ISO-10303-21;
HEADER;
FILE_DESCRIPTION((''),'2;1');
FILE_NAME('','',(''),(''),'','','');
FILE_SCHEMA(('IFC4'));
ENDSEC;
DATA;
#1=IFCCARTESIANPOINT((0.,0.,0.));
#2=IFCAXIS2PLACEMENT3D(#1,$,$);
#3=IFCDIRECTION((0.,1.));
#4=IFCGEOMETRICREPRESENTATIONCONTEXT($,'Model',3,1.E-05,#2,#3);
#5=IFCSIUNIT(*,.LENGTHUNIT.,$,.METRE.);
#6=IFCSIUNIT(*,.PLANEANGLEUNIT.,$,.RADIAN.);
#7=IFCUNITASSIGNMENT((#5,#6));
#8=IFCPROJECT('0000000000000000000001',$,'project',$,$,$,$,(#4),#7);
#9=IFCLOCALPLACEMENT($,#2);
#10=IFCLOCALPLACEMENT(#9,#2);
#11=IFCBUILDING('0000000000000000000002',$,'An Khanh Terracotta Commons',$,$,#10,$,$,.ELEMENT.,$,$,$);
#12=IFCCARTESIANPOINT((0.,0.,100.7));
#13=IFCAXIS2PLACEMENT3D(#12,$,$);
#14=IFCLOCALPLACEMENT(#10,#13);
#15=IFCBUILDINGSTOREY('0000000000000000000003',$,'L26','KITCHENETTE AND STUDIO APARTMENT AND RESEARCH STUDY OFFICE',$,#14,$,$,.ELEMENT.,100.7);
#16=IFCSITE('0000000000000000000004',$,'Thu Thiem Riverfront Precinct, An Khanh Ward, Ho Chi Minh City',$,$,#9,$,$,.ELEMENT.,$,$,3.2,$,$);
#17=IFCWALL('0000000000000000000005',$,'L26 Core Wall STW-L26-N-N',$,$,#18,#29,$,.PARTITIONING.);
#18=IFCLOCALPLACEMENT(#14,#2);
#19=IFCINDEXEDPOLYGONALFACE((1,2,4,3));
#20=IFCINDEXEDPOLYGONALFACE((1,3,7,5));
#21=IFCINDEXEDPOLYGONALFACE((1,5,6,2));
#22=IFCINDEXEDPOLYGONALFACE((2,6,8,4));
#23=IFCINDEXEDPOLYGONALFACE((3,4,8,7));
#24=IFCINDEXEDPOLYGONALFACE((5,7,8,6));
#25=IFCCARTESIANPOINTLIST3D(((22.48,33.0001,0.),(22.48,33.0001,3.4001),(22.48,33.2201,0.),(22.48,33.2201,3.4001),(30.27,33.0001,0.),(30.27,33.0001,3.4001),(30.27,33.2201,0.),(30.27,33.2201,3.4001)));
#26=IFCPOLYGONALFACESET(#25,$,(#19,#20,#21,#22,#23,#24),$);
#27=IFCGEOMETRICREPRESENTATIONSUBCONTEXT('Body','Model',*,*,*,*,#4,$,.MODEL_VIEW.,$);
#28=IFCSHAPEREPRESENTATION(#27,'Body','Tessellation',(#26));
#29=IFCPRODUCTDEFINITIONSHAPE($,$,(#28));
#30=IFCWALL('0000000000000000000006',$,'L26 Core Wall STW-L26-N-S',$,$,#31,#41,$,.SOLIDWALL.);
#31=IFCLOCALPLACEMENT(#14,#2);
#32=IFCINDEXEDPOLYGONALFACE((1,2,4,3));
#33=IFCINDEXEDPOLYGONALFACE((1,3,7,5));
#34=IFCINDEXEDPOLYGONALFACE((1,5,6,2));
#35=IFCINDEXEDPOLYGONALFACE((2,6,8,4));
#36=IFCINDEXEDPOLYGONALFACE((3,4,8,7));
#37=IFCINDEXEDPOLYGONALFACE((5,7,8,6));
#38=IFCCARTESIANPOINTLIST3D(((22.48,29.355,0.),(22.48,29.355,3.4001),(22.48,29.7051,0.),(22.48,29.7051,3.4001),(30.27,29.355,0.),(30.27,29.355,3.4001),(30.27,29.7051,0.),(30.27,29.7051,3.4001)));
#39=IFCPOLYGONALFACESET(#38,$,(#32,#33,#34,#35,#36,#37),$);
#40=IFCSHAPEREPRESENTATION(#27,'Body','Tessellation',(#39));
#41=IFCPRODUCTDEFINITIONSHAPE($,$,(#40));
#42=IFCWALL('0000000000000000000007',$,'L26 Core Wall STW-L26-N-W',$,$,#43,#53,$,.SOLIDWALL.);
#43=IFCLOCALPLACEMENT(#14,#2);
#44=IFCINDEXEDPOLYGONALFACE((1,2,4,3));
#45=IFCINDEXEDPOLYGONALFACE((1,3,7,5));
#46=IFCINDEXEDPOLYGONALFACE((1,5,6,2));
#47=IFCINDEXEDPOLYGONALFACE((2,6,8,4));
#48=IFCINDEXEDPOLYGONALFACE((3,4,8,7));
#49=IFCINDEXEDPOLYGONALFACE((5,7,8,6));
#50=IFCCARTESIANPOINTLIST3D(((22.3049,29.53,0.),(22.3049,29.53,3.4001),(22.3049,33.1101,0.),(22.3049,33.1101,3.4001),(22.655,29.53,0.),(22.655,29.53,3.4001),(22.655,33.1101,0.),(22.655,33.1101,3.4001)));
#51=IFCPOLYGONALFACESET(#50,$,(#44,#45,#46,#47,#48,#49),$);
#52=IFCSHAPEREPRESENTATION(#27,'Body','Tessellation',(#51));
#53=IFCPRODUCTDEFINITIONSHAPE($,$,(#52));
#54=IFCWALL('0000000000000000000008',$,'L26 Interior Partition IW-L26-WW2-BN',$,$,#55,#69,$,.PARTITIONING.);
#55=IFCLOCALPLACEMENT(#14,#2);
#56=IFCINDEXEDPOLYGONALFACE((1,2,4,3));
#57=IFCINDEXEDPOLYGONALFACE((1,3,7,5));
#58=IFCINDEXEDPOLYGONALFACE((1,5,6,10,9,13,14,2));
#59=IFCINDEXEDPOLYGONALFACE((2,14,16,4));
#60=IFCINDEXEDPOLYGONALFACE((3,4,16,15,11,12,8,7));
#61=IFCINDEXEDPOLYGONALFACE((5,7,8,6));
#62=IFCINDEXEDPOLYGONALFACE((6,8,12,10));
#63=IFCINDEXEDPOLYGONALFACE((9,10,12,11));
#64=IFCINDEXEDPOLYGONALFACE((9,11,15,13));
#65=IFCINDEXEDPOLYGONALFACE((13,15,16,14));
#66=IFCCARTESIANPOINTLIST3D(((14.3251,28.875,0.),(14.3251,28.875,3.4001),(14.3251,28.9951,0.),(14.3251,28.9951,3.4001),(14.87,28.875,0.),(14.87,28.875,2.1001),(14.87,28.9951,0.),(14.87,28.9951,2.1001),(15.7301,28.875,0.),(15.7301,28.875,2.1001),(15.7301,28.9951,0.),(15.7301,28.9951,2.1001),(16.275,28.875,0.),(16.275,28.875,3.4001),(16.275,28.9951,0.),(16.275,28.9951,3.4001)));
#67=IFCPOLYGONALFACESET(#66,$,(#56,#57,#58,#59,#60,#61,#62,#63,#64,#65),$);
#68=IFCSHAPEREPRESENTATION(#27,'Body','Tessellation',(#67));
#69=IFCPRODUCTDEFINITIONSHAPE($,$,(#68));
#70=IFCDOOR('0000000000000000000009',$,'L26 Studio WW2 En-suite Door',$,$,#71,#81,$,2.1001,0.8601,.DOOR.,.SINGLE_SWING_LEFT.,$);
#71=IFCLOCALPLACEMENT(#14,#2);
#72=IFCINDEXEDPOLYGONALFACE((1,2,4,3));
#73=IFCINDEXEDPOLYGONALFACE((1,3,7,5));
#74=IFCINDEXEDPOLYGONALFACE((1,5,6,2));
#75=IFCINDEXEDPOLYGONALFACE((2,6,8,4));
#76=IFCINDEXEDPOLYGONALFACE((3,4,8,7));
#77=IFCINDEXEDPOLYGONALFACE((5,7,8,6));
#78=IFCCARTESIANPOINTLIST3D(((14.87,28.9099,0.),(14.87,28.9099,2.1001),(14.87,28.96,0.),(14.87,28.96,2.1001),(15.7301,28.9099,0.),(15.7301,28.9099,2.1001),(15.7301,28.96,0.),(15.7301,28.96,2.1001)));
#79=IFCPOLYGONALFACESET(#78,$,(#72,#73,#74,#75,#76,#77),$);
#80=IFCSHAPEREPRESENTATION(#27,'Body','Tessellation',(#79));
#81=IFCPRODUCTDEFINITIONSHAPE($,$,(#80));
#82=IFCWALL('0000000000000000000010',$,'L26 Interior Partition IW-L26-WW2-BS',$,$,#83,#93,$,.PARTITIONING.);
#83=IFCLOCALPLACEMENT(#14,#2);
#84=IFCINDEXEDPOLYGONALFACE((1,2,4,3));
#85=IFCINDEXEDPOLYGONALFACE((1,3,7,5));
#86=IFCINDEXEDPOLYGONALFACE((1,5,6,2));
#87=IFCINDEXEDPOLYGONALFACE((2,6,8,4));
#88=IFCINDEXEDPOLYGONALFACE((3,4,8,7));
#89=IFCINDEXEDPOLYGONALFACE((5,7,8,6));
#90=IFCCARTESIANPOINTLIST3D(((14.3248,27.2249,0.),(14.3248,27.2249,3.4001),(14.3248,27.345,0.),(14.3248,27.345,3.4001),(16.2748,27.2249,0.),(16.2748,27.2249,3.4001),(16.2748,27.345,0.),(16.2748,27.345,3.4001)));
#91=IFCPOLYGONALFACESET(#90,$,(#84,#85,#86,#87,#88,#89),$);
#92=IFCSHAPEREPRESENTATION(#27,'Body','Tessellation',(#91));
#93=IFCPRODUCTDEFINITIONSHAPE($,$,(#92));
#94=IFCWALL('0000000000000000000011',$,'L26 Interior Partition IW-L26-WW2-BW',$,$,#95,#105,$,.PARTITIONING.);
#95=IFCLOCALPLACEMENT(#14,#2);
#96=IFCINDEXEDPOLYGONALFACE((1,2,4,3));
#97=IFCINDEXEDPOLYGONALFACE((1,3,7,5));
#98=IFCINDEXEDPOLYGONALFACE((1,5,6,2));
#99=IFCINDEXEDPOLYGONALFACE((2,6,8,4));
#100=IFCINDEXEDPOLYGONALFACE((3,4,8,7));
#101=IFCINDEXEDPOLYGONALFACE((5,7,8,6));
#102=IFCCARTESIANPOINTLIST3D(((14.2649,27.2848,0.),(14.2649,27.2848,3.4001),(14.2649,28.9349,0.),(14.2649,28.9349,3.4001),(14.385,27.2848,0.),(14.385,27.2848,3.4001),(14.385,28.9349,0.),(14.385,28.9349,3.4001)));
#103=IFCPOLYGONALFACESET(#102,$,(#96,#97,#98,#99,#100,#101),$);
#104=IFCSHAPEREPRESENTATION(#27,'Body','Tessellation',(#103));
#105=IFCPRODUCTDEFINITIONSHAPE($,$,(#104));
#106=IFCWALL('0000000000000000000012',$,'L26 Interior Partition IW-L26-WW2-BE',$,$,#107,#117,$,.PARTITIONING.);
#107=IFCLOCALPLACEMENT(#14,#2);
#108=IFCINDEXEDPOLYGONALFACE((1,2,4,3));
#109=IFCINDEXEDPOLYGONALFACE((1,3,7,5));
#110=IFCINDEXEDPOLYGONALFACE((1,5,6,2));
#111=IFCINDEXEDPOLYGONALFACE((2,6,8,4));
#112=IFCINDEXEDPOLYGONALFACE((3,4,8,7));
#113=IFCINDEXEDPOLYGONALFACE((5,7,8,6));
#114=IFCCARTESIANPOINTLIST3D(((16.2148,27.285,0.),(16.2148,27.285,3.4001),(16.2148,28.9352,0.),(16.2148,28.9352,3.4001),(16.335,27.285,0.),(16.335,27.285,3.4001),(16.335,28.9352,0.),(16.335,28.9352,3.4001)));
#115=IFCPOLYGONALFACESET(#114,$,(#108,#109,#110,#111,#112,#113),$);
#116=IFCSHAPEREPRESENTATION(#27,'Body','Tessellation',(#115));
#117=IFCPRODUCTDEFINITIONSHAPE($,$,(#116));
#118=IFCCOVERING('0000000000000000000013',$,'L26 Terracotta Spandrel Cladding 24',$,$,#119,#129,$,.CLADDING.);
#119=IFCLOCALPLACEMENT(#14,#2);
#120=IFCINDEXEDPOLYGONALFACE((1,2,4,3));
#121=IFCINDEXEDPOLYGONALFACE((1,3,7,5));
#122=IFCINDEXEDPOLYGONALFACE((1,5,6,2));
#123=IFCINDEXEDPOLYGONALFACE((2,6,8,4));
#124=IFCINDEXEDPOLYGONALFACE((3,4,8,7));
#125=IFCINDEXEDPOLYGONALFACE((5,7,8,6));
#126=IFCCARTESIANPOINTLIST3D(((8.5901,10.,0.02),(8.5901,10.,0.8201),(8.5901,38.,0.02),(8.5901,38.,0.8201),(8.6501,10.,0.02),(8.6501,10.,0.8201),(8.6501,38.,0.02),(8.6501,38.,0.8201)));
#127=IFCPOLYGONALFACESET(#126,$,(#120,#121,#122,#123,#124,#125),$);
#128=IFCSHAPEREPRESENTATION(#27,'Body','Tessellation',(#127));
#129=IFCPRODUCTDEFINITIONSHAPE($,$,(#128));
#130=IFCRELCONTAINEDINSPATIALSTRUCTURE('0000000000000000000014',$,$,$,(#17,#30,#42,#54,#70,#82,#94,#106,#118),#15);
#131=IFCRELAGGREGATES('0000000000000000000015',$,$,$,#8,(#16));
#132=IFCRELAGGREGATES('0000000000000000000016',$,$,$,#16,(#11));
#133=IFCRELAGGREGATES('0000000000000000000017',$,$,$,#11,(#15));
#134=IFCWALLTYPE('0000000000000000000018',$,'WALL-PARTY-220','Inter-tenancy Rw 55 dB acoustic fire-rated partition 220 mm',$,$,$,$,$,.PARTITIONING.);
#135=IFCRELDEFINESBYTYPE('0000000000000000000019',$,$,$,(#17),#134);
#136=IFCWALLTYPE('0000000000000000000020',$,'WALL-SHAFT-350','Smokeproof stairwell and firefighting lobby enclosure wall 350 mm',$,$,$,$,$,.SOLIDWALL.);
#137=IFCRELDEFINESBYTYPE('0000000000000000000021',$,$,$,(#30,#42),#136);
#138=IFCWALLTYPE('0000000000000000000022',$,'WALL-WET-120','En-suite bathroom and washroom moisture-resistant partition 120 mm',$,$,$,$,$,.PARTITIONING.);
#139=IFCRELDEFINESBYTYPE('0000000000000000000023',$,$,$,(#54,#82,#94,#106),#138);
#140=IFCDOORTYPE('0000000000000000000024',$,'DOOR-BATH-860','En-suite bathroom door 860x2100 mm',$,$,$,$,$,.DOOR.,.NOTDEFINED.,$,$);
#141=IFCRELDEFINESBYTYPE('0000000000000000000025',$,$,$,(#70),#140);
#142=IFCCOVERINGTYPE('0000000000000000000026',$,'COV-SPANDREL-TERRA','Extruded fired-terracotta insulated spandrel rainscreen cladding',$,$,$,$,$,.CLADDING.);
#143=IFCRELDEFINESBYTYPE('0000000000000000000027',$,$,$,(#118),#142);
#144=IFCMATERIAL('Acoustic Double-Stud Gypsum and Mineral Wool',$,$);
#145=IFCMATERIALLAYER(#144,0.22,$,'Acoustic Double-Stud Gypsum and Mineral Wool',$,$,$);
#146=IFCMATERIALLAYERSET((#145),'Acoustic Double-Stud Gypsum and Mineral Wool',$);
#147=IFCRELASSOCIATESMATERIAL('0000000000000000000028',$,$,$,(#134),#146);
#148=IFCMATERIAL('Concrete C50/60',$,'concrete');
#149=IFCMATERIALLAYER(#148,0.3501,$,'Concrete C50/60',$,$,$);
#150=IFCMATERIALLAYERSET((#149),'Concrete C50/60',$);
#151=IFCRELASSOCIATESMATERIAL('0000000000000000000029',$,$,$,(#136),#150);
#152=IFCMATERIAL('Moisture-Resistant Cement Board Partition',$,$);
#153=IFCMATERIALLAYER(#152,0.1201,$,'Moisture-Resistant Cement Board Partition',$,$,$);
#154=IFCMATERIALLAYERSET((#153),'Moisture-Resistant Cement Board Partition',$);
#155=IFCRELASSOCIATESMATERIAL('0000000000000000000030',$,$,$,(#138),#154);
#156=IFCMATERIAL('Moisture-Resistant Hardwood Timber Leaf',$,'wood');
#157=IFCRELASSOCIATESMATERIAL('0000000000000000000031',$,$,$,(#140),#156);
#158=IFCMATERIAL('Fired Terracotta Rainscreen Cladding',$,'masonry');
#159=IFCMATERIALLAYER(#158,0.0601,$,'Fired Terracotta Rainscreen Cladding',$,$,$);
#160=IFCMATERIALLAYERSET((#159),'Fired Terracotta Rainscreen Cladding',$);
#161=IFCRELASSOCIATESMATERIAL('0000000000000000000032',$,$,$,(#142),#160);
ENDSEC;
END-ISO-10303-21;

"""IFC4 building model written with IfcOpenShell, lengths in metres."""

from ifc_helpers import new_model, si_unit, direction, frame, frame_2d, origin, origin_2d, place, context, subcontext, project, spatial, rectangle, extrude, material, layer, layer_set, type_object, element, fill, save


model = new_model("IFC4")

# Units and contexts
model_context = context("Model", 3, precision=1e-05, world=origin(), true_north=direction((0.0, 1.0)))
body_context = subcontext(model_context, "Body", "Model", "MODEL_VIEW")
ifc_project = project(units=[si_unit("LENGTHUNIT", "METRE"), si_unit("PLANEANGLEUNIT", "RADIAN")], contexts=[model_context])

# Site, building, storey
site_placement = place(None, origin())
site = spatial("IfcSite", under=ifc_project, at=site_placement, Name="Thu Thiem Riverfront Precinct, An Khanh Ward, Ho Chi Minh City", CompositionType="ELEMENT", RefElevation=3.2)
building_placement = place(site_placement, origin())
building = spatial("IfcBuilding", under=site, at=building_placement, Name="An Khanh Terracotta Commons", CompositionType="ELEMENT")
storey_placement = place(building_placement, frame((0.0, 0.0, 100.7)))
storey = spatial("IfcBuildingStorey", under=building, at=storey_placement, Name="L26", Description="KITCHENETTE AND STUDIO APARTMENT AND RESEARCH STUDY OFFICE", CompositionType="ELEMENT", Elevation=100.7)

# Walls
ifc_material_1 = material(Name="Acoustic Double-Stud Gypsum and Mineral Wool")
ifc_layer_1 = layer(ifc_material_1, 0.22, Name="Acoustic Double-Stud Gypsum and Mineral Wool")
ifc_layer_set_1 = layer_set([ifc_layer_1], Name="Acoustic Double-Stud Gypsum and Mineral Wool")
wall_type_1 = type_object("IfcWallType", Name="WALL-PARTY-220", Description="Inter-tenancy Rw 55 dB acoustic fire-rated partition 220 mm", PredefinedType="PARTITIONING", material=ifc_layer_set_1)
wall_1_placement = place(storey_placement, frame((22.48, 33.1101, 0.0), z_axis=(0.0, 0.0, 1.0), x_axis=(1.0, 0.0, 0.0)))
element("IfcWall", 1, at=wall_1_placement, inside=storey, type_object=wall_type_1, Name="L26 Core Wall STW-L26-N-N", PredefinedType="PARTITIONING", context=body_context, shape_type="SweptSolid", body=[
    extrude(rectangle(XDim=7.79, YDim=0.22, at=frame_2d((3.895, 0.0))), origin(), (0.0, 0.0, 1.0), 3.4001),
])
ifc_material_2 = material(Name="Concrete C50/60", Category="concrete")
ifc_layer_2 = layer(ifc_material_2, 0.3501, Name="Concrete C50/60")
ifc_layer_set_2 = layer_set([ifc_layer_2], Name="Concrete C50/60")
wall_type_2 = type_object("IfcWallType", Name="WALL-SHAFT-350", Description="Smokeproof stairwell and firefighting lobby enclosure wall 350 mm", PredefinedType="SOLIDWALL", material=ifc_layer_set_2)
wall_2_placement = place(storey_placement, frame((22.48, 29.53, 0.0), z_axis=(0.0, 0.0, 1.0), x_axis=(1.0, 0.0, 0.0)))
element("IfcWall", 2, at=wall_2_placement, inside=storey, type_object=wall_type_2, Name="L26 Core Wall STW-L26-N-S", PredefinedType="SOLIDWALL", context=body_context, shape_type="SweptSolid", body=[
    extrude(rectangle(XDim=7.79, YDim=0.3501, at=frame_2d((3.895, 0.0))), origin(), (0.0, 0.0, 1.0), 3.4001),
])
wall_3_placement = place(storey_placement, frame((22.48, 29.53, 0.0), z_axis=(0.0, 0.0, 1.0), x_axis=(0.0, 1.0, 0.0)))
element("IfcWall", 3, at=wall_3_placement, inside=storey, type_object=wall_type_2, Name="L26 Core Wall STW-L26-N-W", PredefinedType="SOLIDWALL", context=body_context, shape_type="SweptSolid", body=[
    extrude(rectangle(XDim=3.5801, YDim=0.3501, at=frame_2d((1.79, 0.0))), origin(), (0.0, 0.0, 1.0), 3.4001),
])

# Wall, opening, door
ifc_material_3 = material(Name="Moisture-Resistant Cement Board Partition")
ifc_layer_3 = layer(ifc_material_3, 0.1201, Name="Moisture-Resistant Cement Board Partition")
ifc_layer_set_3 = layer_set([ifc_layer_3], Name="Moisture-Resistant Cement Board Partition")
wall_type_3 = type_object("IfcWallType", Name="WALL-WET-120", Description="En-suite bathroom and washroom moisture-resistant partition 120 mm", PredefinedType="PARTITIONING", material=ifc_layer_set_3)
wall_4_placement = place(storey_placement, frame((14.325, 28.9351, 0.0), z_axis=(0.0, 0.0, 1.0), x_axis=(1.0, 0.0, 0.0)))
wall_4 = element("IfcWall", 4, at=wall_4_placement, inside=storey, type_object=wall_type_3, Name="L26 Interior Partition IW-L26-WW2-BN", PredefinedType="PARTITIONING", context=body_context, shape_type="SweptSolid", body=[
    extrude(rectangle(XDim=1.95, YDim=0.1201, at=frame_2d((0.9751, 0.0))), origin(), (0.0, 0.0, 1.0), 3.4001),
])
opening_1_placement = place(wall_4_placement, frame((0.5449, 0.0, 0.0)))
opening_1 = element("IfcOpeningElement", 5, at=opening_1_placement, cuts=wall_4, PredefinedType="OPENING", context=body_context, shape_type="SweptSolid", body=[
    extrude(rectangle(XDim=0.8601, YDim=2.1001, at=frame_2d((0.4302, 1.05))), frame((0.0, 0.0701, 0.0), z_axis=(0.0, -1.0, 0.0), x_axis=(1.0, 0.0, 0.0)), (0.0, 0.0, 1.0), 0.1401),
])
ifc_material_4 = material(Name="Moisture-Resistant Hardwood Timber Leaf", Category="wood")
door_type_1 = type_object("IfcDoorType", Name="DOOR-BATH-860", Description="En-suite bathroom door 860x2100 mm", OperationType="NOTDEFINED", PredefinedType="DOOR", material=ifc_material_4)
door_1_placement = place(opening_1_placement, origin())
door_1 = element("IfcDoor", 6, at=door_1_placement, inside=storey, type_object=door_type_1, Name="L26 Studio WW2 En-suite Door", OperationType="SINGLE_SWING_LEFT", OverallHeight=2.1001, OverallWidth=0.8601, PredefinedType="DOOR", context=body_context, shape_type="SweptSolid", body=[
    extrude(rectangle(XDim=0.8601, YDim=2.1001, at=frame_2d((0.4302, 1.05))), frame((0.0, 0.0249, 0.0), z_axis=(0.0, -1.0, 0.0), x_axis=(1.0, 0.0, 0.0)), (0.0, 0.0, 1.0), 0.05),
])
fill(opening_1, door_1)

# Walls
wall_5_placement = place(storey_placement, frame((16.2749, 27.2849, 0.0), z_axis=(0.0, 0.0, 1.0), x_axis=(-1.0, 0.0, 0.0)))
element("IfcWall", 7, at=wall_5_placement, inside=storey, type_object=wall_type_3, Name="L26 Interior Partition IW-L26-WW2-BS", PredefinedType="PARTITIONING", context=body_context, shape_type="SweptSolid", body=[
    extrude(rectangle(XDim=1.95, YDim=0.1201, at=frame_2d((0.9751, 0.0))), origin(), (0.0, 0.0, 1.0), 3.4001),
])
for number, where, z_axis, x_axis, name in (
    (8, (14.325, 28.9351, 0.0), (0.0, 0.0, 1.0), (0.0, -1.0, 0.0), "L26 Interior Partition IW-L26-WW2-BW"),
    (9, (16.2749, 27.2849, 0.0), (0.0, 0.0, 1.0), (0.0, 1.0, 0.0), "L26 Interior Partition IW-L26-WW2-BE"),
):
    element("IfcWall", number, at=place(storey_placement, frame(where, z_axis=z_axis, x_axis=x_axis)), inside=storey, type_object=wall_type_3, Name=name, PredefinedType="PARTITIONING", context=body_context, shape_type="SweptSolid", body=[
        extrude(rectangle(XDim=1.6501, YDim=0.1201, at=frame_2d((0.8252, 0.0))), origin(), (0.0, 0.0, 1.0), 3.4001),
    ])

# Covering
ifc_material_5 = material(Name="Fired Terracotta Rainscreen Cladding", Category="masonry")
ifc_layer_4 = layer(ifc_material_5, 0.0601, Name="Fired Terracotta Rainscreen Cladding")
ifc_layer_set_4 = layer_set([ifc_layer_4], Name="Fired Terracotta Rainscreen Cladding")
covering_type = type_object("IfcCoveringType", Name="COV-SPANDREL-TERRA", Description="Extruded fired-terracotta insulated spandrel rainscreen cladding", PredefinedType="CLADDING", material=ifc_layer_set_4)
covering_placement = place(storey_placement, frame((8.6201, 24.0, 0.02), z_axis=(0.0, 0.0, 1.0), x_axis=(0.0, -1.0, 0.0)))
element("IfcCovering", 10, at=covering_placement, inside=storey, type_object=covering_type, Name="L26 Terracotta Spandrel Cladding 24", PredefinedType="CLADDING", context=body_context, shape_type="SweptSolid", body=[
    extrude(rectangle(XDim=28.0, YDim=0.0601, at=origin_2d()), origin(), (0.0, 0.0, 1.0), 0.8),
])

save(model, "model.ifc")
